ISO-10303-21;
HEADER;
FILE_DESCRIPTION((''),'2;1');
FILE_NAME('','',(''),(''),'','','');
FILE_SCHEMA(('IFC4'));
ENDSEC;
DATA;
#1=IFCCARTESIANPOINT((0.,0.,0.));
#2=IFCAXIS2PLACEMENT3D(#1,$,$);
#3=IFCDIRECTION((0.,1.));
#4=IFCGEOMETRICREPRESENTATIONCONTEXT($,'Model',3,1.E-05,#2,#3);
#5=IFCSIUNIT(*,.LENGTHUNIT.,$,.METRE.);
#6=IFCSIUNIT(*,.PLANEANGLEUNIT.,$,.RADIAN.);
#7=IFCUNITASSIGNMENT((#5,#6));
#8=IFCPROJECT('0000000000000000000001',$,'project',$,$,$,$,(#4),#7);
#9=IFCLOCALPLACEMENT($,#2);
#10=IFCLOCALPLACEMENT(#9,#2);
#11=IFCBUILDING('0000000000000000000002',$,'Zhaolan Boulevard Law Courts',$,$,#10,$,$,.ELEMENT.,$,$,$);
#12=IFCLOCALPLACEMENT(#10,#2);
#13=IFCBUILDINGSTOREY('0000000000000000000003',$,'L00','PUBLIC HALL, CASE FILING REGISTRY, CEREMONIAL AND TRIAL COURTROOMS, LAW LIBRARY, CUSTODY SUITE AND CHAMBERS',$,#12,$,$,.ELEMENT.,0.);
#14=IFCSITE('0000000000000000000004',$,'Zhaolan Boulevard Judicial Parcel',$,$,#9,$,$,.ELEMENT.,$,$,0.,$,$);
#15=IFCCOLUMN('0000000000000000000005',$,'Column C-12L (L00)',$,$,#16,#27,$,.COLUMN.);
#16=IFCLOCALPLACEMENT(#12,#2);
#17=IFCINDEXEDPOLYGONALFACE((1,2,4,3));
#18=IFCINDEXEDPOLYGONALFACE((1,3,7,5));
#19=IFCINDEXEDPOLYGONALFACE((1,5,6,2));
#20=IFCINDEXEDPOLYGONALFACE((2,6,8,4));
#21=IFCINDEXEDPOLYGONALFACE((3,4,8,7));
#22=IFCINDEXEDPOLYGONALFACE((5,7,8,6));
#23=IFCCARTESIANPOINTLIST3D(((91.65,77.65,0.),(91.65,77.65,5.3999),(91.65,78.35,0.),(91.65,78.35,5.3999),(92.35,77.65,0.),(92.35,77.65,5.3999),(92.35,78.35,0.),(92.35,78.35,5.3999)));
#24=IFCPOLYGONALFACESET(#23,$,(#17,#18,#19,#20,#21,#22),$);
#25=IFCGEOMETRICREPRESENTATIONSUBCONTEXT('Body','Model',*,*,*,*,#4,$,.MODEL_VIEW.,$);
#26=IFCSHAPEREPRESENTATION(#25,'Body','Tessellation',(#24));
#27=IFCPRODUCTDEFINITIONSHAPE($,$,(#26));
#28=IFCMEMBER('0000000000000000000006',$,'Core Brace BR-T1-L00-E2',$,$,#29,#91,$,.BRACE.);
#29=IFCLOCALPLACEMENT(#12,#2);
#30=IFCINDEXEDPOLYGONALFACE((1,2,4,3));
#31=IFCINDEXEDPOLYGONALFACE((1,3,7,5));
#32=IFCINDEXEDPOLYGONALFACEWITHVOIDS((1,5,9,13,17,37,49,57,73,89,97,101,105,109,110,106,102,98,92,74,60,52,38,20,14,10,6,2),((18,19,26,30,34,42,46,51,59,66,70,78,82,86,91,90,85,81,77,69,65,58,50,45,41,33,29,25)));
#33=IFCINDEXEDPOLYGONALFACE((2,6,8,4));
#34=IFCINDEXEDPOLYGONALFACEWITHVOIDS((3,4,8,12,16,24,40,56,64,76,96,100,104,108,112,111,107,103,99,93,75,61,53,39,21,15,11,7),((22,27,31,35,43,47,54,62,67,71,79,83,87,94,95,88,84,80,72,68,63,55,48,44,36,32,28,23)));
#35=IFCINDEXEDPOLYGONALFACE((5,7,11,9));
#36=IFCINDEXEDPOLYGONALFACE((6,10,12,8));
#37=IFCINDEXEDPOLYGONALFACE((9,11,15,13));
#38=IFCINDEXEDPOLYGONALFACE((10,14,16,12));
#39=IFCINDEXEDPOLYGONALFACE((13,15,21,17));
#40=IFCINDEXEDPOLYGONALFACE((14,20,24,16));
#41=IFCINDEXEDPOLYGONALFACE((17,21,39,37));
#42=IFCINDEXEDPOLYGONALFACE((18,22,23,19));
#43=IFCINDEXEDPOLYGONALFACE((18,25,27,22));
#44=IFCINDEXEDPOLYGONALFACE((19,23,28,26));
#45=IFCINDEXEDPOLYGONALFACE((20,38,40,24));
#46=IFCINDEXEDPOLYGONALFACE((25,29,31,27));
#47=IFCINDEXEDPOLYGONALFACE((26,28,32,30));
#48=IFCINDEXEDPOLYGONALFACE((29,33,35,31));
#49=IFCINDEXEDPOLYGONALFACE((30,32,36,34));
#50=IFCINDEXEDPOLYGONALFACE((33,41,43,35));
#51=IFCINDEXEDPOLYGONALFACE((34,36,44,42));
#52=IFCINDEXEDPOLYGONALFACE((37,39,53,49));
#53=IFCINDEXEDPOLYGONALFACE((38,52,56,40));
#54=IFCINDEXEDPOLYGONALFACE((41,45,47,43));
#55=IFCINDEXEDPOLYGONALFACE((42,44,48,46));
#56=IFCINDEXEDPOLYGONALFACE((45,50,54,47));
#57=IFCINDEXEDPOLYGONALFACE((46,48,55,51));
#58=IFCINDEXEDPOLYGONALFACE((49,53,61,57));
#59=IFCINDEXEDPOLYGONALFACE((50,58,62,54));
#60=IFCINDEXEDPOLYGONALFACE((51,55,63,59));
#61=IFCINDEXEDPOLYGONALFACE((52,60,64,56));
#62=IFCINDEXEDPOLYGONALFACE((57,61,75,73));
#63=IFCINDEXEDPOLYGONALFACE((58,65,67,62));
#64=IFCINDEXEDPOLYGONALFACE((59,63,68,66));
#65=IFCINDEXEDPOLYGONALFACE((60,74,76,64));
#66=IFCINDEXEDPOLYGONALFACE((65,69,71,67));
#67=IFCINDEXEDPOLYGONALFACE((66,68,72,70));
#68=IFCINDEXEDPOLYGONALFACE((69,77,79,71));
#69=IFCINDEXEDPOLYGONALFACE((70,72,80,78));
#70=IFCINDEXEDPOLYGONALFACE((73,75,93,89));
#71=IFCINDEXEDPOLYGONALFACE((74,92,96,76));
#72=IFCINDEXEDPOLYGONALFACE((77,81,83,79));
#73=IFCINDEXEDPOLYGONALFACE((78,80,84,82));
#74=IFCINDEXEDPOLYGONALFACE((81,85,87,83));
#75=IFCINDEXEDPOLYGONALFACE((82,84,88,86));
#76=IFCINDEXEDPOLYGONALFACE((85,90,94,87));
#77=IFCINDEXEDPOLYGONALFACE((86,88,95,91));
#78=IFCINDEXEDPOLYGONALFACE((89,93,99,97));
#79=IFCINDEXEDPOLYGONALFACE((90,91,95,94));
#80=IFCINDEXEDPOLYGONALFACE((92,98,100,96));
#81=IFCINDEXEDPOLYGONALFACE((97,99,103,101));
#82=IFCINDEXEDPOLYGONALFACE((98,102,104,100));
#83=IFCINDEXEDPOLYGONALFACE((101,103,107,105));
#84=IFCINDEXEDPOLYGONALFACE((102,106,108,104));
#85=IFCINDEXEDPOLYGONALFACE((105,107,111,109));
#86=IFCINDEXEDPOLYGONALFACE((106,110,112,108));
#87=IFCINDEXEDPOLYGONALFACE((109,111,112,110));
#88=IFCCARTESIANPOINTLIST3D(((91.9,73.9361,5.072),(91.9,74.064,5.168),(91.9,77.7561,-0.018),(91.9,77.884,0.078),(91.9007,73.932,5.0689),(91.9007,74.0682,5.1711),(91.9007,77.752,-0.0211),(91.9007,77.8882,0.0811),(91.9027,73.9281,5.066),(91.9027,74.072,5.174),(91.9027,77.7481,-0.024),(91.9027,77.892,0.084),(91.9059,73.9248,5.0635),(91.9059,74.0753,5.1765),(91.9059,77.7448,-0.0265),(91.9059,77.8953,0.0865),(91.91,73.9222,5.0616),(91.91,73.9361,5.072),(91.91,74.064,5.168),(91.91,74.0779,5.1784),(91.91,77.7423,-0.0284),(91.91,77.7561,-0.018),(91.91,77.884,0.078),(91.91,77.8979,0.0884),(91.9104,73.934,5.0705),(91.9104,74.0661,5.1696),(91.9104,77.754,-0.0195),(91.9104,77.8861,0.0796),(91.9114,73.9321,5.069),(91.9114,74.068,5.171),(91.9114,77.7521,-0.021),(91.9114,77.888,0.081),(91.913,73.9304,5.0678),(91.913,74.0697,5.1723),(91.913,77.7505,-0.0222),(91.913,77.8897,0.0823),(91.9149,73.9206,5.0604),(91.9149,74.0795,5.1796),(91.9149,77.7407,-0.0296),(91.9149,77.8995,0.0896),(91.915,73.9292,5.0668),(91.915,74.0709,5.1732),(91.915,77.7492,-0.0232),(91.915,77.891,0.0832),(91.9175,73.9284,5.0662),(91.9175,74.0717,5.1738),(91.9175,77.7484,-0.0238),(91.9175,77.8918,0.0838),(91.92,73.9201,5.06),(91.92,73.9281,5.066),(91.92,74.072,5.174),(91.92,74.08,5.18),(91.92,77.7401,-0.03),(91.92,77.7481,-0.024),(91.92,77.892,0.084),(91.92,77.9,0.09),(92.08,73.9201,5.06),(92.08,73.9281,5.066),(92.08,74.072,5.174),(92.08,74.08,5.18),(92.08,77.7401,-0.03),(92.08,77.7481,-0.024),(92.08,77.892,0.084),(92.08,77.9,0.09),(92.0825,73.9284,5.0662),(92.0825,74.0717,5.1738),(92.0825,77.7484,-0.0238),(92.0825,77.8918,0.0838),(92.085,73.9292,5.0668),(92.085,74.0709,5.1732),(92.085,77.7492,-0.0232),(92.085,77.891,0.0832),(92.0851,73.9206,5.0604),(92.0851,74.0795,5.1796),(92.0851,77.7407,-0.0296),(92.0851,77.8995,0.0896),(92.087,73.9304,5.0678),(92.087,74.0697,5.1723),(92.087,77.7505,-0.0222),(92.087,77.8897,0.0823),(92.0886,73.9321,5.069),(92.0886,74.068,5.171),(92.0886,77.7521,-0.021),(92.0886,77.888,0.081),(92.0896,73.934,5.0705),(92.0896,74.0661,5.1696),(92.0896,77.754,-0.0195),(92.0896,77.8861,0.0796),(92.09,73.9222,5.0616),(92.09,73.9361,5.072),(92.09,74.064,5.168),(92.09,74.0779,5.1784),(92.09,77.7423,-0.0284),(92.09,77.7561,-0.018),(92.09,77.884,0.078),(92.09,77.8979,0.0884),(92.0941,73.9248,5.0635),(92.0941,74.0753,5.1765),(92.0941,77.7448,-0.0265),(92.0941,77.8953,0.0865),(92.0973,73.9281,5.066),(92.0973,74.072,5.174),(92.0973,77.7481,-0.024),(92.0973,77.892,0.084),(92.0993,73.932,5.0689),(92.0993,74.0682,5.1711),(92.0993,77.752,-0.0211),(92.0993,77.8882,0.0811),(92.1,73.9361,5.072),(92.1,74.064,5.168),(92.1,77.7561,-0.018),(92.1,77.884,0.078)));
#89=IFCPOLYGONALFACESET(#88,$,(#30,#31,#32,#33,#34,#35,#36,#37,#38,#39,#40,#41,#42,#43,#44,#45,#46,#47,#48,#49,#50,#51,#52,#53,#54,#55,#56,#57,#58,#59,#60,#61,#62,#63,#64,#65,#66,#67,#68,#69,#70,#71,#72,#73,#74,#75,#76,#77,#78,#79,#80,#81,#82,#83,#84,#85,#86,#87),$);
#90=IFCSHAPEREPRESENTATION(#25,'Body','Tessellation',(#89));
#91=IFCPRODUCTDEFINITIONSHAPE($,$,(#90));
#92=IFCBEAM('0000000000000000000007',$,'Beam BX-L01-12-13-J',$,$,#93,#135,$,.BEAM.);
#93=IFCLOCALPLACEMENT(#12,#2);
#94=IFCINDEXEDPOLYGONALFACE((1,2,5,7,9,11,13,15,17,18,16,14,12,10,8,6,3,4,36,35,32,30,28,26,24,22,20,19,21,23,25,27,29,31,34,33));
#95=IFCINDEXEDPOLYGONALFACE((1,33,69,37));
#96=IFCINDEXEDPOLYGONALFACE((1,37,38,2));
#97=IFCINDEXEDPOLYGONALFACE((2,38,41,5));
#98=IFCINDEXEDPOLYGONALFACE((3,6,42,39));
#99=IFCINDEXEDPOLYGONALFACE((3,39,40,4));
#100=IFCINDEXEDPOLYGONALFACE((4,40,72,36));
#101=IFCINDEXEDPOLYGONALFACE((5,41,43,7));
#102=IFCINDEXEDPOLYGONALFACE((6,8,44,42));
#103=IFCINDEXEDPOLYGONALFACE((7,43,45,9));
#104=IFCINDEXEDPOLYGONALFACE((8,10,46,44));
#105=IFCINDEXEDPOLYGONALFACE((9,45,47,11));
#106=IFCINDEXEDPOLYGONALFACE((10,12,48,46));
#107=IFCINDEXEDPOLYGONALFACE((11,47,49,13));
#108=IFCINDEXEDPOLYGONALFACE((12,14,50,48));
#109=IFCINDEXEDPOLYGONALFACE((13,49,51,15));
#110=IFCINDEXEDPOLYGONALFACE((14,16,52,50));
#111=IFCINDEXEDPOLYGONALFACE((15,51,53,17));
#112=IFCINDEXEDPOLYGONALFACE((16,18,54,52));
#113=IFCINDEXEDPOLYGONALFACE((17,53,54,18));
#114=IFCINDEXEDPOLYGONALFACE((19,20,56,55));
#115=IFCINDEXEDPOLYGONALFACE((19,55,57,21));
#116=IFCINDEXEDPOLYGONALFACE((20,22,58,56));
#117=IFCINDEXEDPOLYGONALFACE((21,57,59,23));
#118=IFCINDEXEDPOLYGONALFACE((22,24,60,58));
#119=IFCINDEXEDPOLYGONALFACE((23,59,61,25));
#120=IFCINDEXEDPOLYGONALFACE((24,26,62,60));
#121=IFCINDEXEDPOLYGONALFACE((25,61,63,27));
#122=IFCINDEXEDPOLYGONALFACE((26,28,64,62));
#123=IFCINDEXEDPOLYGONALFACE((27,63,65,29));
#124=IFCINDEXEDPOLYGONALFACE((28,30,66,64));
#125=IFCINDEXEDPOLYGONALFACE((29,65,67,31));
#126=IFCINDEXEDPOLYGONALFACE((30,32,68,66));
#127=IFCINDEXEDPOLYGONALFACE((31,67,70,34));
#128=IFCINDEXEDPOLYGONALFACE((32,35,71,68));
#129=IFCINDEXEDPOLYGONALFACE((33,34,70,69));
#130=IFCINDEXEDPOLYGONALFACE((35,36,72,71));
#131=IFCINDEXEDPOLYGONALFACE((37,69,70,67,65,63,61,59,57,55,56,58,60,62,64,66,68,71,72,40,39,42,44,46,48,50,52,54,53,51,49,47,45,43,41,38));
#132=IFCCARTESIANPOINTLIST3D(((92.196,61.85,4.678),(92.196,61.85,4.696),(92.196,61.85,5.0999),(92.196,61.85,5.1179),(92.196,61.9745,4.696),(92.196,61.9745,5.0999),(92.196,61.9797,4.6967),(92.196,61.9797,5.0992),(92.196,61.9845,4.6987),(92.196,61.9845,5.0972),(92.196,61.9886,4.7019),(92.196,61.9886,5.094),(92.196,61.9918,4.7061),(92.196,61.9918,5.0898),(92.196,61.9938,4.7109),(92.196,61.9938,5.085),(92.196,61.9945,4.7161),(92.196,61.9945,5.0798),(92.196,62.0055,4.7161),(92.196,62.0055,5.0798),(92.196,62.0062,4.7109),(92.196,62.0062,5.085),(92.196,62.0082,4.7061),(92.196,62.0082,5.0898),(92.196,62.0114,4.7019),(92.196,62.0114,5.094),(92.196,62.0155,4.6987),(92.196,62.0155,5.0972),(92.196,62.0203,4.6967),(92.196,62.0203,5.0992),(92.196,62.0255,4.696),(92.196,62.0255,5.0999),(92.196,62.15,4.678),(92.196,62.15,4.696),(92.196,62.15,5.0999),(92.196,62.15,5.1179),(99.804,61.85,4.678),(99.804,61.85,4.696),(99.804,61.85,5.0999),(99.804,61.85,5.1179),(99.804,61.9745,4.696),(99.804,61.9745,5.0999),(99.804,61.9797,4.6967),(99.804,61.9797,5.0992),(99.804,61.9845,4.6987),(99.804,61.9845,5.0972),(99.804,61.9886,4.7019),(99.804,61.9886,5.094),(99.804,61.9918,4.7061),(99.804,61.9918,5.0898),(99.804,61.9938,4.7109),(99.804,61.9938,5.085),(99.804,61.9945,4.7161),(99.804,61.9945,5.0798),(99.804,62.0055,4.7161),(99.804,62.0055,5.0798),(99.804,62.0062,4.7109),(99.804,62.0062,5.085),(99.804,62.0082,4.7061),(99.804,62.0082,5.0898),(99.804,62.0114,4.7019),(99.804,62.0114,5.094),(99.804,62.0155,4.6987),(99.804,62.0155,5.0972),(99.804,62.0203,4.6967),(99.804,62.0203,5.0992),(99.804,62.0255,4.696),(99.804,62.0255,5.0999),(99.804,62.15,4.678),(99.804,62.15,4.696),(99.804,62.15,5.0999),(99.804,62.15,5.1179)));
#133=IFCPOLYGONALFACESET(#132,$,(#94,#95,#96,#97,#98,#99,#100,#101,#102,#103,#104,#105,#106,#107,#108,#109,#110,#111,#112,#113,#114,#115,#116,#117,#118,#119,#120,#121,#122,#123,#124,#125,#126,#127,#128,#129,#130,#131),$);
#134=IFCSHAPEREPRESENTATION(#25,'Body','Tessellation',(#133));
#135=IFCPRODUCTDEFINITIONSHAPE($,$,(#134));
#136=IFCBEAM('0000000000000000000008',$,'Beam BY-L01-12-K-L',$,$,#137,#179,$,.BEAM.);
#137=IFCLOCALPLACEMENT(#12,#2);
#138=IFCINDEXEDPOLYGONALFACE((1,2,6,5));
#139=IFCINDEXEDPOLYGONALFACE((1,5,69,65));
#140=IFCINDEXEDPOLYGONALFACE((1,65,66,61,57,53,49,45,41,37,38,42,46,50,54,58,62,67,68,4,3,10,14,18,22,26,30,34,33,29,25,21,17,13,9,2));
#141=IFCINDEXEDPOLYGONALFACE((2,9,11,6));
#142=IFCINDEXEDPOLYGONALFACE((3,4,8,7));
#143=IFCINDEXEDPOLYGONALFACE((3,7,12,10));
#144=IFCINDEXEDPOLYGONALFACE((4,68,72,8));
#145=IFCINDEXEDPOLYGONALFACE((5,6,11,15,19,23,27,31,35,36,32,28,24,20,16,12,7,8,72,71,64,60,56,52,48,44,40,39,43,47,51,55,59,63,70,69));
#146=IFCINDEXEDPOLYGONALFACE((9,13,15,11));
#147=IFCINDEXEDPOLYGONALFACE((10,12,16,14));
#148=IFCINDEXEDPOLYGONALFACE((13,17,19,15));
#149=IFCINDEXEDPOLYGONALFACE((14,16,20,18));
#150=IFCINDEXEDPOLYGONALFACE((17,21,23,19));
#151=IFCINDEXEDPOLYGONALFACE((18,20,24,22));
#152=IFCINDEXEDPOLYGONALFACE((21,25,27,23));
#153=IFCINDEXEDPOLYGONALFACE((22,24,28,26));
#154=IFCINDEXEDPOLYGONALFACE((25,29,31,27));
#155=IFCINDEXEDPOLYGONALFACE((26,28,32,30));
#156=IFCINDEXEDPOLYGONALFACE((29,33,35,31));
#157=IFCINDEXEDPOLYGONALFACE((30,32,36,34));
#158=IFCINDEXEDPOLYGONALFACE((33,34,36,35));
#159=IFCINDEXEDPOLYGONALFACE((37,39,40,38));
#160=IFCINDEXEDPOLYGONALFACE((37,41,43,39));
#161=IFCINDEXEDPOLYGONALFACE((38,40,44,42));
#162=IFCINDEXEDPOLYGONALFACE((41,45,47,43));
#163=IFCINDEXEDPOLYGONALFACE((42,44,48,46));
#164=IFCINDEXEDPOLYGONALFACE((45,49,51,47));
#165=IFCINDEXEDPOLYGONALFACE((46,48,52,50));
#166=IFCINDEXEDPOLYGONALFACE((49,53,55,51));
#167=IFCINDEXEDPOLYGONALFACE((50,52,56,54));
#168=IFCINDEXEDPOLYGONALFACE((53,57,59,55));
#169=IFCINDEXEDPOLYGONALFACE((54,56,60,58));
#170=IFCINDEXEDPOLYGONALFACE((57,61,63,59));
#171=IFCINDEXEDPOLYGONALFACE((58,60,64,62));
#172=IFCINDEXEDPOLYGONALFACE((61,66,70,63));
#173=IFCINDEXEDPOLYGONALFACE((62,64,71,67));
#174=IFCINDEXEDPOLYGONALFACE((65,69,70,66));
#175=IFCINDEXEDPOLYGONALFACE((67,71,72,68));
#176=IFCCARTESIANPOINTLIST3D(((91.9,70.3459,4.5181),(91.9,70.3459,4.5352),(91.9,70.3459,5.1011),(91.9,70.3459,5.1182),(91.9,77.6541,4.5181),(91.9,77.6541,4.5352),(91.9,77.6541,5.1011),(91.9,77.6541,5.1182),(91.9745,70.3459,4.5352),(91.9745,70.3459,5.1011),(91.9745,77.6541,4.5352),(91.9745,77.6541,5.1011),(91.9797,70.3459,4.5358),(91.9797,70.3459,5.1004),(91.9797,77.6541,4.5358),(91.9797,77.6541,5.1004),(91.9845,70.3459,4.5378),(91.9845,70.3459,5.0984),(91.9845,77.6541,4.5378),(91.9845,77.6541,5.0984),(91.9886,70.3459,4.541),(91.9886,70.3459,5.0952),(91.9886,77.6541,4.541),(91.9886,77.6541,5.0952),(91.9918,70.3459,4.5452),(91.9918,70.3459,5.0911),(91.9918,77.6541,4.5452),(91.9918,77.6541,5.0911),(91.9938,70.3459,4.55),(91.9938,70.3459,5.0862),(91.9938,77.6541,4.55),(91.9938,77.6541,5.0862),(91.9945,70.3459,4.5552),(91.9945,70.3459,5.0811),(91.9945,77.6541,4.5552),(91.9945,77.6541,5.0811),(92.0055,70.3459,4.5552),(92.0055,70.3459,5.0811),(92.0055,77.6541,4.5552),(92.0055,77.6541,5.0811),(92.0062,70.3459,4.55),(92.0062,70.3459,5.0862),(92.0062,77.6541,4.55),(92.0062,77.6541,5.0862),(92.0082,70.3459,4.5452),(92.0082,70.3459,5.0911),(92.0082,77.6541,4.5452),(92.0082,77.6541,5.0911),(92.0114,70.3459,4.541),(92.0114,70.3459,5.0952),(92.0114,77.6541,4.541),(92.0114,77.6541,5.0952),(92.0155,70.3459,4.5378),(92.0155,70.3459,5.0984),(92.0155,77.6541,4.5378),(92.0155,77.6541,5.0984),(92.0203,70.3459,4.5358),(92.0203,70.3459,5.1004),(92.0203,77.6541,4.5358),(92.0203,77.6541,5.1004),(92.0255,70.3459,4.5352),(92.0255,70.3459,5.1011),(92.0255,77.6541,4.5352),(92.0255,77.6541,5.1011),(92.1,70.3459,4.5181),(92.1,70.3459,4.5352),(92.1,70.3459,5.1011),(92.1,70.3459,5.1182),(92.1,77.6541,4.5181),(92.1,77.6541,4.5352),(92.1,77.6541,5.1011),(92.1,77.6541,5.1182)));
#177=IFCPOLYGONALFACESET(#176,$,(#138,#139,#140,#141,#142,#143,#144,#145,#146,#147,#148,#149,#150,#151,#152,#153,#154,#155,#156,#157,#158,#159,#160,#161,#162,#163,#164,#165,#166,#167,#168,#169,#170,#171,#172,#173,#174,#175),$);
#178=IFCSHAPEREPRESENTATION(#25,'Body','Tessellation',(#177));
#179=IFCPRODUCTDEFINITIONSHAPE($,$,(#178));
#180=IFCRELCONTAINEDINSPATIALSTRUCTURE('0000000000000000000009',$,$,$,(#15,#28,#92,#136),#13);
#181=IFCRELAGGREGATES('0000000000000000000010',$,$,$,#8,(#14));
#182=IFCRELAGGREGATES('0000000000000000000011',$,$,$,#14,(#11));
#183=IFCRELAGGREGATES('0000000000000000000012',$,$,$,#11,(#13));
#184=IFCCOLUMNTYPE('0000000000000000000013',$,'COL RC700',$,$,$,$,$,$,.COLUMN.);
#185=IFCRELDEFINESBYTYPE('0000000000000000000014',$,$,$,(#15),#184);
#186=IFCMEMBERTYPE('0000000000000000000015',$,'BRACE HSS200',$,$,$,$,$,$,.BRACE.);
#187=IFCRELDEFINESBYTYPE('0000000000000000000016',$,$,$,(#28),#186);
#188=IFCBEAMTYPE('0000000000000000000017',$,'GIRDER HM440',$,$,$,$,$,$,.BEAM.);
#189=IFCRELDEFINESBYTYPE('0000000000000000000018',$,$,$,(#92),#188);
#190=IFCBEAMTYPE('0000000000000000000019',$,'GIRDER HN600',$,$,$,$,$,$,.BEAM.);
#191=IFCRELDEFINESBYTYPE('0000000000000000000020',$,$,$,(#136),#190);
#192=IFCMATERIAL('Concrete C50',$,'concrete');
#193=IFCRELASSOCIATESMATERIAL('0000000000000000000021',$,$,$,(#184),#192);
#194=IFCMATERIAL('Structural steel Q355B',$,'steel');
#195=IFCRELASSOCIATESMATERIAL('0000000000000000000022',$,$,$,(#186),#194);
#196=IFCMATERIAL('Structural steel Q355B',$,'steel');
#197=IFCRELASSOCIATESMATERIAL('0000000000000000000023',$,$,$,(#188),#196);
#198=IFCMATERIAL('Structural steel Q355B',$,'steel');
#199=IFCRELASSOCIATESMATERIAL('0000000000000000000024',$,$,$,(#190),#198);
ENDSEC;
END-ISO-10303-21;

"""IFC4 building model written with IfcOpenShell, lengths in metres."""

from ifc_helpers import new_model, si_unit, direction, frame, origin, origin_2d, place, context, subcontext, project, spatial, rectangle, hollow_rectangle, i_section, extrude, material, material_profile, profile_set, type_object, element, save


model = new_model("IFC4")

# Units and contexts
model_context = context("Model", 3, precision=1e-05, world=origin(), true_north=direction((0.0, 1.0)))
body_context = subcontext(model_context, "Body", "Model", "MODEL_VIEW")
ifc_project = project(units=[si_unit("LENGTHUNIT", "METRE"), si_unit("PLANEANGLEUNIT", "RADIAN")], contexts=[model_context])

# Site, building, storey
site_placement = place(None, origin())
site = spatial("IfcSite", under=ifc_project, at=site_placement, Name="Zhaolan Boulevard Judicial Parcel", CompositionType="ELEMENT", RefElevation=0.0)
building_placement = place(site_placement, origin())
building = spatial("IfcBuilding", under=site, at=building_placement, Name="Zhaolan Boulevard Law Courts", CompositionType="ELEMENT")
storey_placement = place(building_placement, origin())
storey = spatial("IfcBuildingStorey", under=building, at=storey_placement, Name="L00", Description="PUBLIC HALL, CASE FILING REGISTRY, CEREMONIAL AND TRIAL COURTROOMS, LAW LIBRARY, CUSTODY SUITE AND CHAMBERS", CompositionType="ELEMENT", Elevation=0.0)

# Column
ifc_material_1 = material(Name="Concrete C50", Category="concrete")
ifc_material_profile_1 = material_profile(ifc_material_1, rectangle(XDim=0.7, YDim=0.7, at=origin_2d()), Name="RC700x700")
ifc_profile_set_1 = profile_set([ifc_material_profile_1], Name="Concrete C50")
column_type = type_object("IfcColumnType", Name="COL RC700", PredefinedType="COLUMN", material=ifc_profile_set_1)
column_placement = place(storey_placement, frame((92.0, 78.0, 0.0), z_axis=(0.0, 0.0, 1.0), x_axis=(1.0, 0.0, 0.0)))
element("IfcColumn", 1, at=column_placement, inside=storey, type_object=column_type, Name="Column C-12L (L00)", PredefinedType="COLUMN", context=body_context, shape_type="SweptSolid", body=[
    extrude(rectangle(XDim=0.7, YDim=0.7, at=origin_2d()), origin(), (0.0, 0.0, 1.0), 5.3999),
])

# Member
ifc_material_2 = material(Name="Structural steel Q355B", Category="steel")
ifc_material_profile_2 = material_profile(ifc_material_2, hollow_rectangle(XDim=0.2, YDim=0.2, WallThickness=0.01, InnerFilletRadius=0.01, OuterFilletRadius=0.02, at=origin_2d()), Name="HSS200x200x10")
ifc_profile_set_2 = profile_set([ifc_material_profile_2], Name="Structural steel Q355B")
member_type = type_object("IfcMemberType", Name="BRACE HSS200", PredefinedType="BRACE", material=ifc_profile_set_2)
member_placement = place(storey_placement, frame((92.0, 77.8201, 0.03), z_axis=(0.0, -0.600252, 0.799811), x_axis=(1.0, 0.0, 0.0)))
element("IfcMember", 2, at=member_placement, inside=storey, type_object=member_type, Name="Core Brace BR-T1-L00-E2", PredefinedType="BRACE", context=body_context, shape_type="SweptSolid", body=[
    extrude(hollow_rectangle(XDim=0.2, YDim=0.2, WallThickness=0.01, InnerFilletRadius=0.01, OuterFilletRadius=0.02, at=origin_2d()), origin(), (0.0, 0.0, 1.0), 6.364),
])

# Beams
ifc_material_3 = material(Name="Structural steel Q355B", Category="steel")
ifc_material_profile_3 = material_profile(ifc_material_3, i_section(OverallWidth=0.3, OverallDepth=0.4399, WebThickness=0.011, FlangeThickness=0.0181, FilletRadius=0.02, at=origin_2d()), Name="HM440x300")
ifc_profile_set_3 = profile_set([ifc_material_profile_3], Name="Structural steel Q355B")
beam_type_1 = type_object("IfcBeamType", Name="GIRDER HM440", PredefinedType="BEAM", material=ifc_profile_set_3)
beam_1_placement = place(storey_placement, frame((92.196, 62.0, 4.8979), z_axis=(1.0, 0.0, 0.0), x_axis=(0.0, 1.0, 0.0)))
element("IfcBeam", 3, at=beam_1_placement, inside=storey, type_object=beam_type_1, Name="Beam BX-L01-12-13-J", PredefinedType="BEAM", context=body_context, shape_type="SweptSolid", body=[
    extrude(i_section(OverallWidth=0.3, OverallDepth=0.4399, WebThickness=0.011, FlangeThickness=0.0181, FilletRadius=0.02, at=origin_2d()), origin(), (0.0, 0.0, 1.0), 7.6079),
])
ifc_material_4 = material(Name="Structural steel Q355B", Category="steel")
ifc_material_profile_4 = material_profile(ifc_material_4, i_section(OverallWidth=0.2, OverallDepth=0.6001, WebThickness=0.011, FlangeThickness=0.0171, FilletRadius=0.02, at=origin_2d()), Name="HN600x200")
ifc_profile_set_4 = profile_set([ifc_material_profile_4], Name="Structural steel Q355B")
beam_type_2 = type_object("IfcBeamType", Name="GIRDER HN600", PredefinedType="BEAM", material=ifc_profile_set_4)
beam_2_placement = place(storey_placement, frame((92.0, 70.3459, 4.8181), z_axis=(0.0, 1.0, 0.0), x_axis=(-1.0, 0.0, 0.0)))
element("IfcBeam", 4, at=beam_2_placement, inside=storey, type_object=beam_type_2, Name="Beam BY-L01-12-K-L", PredefinedType="BEAM", context=body_context, shape_type="SweptSolid", body=[
    extrude(i_section(OverallWidth=0.2, OverallDepth=0.6001, WebThickness=0.011, FlangeThickness=0.0171, FilletRadius=0.02, at=origin_2d()), origin(), (0.0, 0.0, 1.0), 7.3081),
])

save(model, "model.ifc")
